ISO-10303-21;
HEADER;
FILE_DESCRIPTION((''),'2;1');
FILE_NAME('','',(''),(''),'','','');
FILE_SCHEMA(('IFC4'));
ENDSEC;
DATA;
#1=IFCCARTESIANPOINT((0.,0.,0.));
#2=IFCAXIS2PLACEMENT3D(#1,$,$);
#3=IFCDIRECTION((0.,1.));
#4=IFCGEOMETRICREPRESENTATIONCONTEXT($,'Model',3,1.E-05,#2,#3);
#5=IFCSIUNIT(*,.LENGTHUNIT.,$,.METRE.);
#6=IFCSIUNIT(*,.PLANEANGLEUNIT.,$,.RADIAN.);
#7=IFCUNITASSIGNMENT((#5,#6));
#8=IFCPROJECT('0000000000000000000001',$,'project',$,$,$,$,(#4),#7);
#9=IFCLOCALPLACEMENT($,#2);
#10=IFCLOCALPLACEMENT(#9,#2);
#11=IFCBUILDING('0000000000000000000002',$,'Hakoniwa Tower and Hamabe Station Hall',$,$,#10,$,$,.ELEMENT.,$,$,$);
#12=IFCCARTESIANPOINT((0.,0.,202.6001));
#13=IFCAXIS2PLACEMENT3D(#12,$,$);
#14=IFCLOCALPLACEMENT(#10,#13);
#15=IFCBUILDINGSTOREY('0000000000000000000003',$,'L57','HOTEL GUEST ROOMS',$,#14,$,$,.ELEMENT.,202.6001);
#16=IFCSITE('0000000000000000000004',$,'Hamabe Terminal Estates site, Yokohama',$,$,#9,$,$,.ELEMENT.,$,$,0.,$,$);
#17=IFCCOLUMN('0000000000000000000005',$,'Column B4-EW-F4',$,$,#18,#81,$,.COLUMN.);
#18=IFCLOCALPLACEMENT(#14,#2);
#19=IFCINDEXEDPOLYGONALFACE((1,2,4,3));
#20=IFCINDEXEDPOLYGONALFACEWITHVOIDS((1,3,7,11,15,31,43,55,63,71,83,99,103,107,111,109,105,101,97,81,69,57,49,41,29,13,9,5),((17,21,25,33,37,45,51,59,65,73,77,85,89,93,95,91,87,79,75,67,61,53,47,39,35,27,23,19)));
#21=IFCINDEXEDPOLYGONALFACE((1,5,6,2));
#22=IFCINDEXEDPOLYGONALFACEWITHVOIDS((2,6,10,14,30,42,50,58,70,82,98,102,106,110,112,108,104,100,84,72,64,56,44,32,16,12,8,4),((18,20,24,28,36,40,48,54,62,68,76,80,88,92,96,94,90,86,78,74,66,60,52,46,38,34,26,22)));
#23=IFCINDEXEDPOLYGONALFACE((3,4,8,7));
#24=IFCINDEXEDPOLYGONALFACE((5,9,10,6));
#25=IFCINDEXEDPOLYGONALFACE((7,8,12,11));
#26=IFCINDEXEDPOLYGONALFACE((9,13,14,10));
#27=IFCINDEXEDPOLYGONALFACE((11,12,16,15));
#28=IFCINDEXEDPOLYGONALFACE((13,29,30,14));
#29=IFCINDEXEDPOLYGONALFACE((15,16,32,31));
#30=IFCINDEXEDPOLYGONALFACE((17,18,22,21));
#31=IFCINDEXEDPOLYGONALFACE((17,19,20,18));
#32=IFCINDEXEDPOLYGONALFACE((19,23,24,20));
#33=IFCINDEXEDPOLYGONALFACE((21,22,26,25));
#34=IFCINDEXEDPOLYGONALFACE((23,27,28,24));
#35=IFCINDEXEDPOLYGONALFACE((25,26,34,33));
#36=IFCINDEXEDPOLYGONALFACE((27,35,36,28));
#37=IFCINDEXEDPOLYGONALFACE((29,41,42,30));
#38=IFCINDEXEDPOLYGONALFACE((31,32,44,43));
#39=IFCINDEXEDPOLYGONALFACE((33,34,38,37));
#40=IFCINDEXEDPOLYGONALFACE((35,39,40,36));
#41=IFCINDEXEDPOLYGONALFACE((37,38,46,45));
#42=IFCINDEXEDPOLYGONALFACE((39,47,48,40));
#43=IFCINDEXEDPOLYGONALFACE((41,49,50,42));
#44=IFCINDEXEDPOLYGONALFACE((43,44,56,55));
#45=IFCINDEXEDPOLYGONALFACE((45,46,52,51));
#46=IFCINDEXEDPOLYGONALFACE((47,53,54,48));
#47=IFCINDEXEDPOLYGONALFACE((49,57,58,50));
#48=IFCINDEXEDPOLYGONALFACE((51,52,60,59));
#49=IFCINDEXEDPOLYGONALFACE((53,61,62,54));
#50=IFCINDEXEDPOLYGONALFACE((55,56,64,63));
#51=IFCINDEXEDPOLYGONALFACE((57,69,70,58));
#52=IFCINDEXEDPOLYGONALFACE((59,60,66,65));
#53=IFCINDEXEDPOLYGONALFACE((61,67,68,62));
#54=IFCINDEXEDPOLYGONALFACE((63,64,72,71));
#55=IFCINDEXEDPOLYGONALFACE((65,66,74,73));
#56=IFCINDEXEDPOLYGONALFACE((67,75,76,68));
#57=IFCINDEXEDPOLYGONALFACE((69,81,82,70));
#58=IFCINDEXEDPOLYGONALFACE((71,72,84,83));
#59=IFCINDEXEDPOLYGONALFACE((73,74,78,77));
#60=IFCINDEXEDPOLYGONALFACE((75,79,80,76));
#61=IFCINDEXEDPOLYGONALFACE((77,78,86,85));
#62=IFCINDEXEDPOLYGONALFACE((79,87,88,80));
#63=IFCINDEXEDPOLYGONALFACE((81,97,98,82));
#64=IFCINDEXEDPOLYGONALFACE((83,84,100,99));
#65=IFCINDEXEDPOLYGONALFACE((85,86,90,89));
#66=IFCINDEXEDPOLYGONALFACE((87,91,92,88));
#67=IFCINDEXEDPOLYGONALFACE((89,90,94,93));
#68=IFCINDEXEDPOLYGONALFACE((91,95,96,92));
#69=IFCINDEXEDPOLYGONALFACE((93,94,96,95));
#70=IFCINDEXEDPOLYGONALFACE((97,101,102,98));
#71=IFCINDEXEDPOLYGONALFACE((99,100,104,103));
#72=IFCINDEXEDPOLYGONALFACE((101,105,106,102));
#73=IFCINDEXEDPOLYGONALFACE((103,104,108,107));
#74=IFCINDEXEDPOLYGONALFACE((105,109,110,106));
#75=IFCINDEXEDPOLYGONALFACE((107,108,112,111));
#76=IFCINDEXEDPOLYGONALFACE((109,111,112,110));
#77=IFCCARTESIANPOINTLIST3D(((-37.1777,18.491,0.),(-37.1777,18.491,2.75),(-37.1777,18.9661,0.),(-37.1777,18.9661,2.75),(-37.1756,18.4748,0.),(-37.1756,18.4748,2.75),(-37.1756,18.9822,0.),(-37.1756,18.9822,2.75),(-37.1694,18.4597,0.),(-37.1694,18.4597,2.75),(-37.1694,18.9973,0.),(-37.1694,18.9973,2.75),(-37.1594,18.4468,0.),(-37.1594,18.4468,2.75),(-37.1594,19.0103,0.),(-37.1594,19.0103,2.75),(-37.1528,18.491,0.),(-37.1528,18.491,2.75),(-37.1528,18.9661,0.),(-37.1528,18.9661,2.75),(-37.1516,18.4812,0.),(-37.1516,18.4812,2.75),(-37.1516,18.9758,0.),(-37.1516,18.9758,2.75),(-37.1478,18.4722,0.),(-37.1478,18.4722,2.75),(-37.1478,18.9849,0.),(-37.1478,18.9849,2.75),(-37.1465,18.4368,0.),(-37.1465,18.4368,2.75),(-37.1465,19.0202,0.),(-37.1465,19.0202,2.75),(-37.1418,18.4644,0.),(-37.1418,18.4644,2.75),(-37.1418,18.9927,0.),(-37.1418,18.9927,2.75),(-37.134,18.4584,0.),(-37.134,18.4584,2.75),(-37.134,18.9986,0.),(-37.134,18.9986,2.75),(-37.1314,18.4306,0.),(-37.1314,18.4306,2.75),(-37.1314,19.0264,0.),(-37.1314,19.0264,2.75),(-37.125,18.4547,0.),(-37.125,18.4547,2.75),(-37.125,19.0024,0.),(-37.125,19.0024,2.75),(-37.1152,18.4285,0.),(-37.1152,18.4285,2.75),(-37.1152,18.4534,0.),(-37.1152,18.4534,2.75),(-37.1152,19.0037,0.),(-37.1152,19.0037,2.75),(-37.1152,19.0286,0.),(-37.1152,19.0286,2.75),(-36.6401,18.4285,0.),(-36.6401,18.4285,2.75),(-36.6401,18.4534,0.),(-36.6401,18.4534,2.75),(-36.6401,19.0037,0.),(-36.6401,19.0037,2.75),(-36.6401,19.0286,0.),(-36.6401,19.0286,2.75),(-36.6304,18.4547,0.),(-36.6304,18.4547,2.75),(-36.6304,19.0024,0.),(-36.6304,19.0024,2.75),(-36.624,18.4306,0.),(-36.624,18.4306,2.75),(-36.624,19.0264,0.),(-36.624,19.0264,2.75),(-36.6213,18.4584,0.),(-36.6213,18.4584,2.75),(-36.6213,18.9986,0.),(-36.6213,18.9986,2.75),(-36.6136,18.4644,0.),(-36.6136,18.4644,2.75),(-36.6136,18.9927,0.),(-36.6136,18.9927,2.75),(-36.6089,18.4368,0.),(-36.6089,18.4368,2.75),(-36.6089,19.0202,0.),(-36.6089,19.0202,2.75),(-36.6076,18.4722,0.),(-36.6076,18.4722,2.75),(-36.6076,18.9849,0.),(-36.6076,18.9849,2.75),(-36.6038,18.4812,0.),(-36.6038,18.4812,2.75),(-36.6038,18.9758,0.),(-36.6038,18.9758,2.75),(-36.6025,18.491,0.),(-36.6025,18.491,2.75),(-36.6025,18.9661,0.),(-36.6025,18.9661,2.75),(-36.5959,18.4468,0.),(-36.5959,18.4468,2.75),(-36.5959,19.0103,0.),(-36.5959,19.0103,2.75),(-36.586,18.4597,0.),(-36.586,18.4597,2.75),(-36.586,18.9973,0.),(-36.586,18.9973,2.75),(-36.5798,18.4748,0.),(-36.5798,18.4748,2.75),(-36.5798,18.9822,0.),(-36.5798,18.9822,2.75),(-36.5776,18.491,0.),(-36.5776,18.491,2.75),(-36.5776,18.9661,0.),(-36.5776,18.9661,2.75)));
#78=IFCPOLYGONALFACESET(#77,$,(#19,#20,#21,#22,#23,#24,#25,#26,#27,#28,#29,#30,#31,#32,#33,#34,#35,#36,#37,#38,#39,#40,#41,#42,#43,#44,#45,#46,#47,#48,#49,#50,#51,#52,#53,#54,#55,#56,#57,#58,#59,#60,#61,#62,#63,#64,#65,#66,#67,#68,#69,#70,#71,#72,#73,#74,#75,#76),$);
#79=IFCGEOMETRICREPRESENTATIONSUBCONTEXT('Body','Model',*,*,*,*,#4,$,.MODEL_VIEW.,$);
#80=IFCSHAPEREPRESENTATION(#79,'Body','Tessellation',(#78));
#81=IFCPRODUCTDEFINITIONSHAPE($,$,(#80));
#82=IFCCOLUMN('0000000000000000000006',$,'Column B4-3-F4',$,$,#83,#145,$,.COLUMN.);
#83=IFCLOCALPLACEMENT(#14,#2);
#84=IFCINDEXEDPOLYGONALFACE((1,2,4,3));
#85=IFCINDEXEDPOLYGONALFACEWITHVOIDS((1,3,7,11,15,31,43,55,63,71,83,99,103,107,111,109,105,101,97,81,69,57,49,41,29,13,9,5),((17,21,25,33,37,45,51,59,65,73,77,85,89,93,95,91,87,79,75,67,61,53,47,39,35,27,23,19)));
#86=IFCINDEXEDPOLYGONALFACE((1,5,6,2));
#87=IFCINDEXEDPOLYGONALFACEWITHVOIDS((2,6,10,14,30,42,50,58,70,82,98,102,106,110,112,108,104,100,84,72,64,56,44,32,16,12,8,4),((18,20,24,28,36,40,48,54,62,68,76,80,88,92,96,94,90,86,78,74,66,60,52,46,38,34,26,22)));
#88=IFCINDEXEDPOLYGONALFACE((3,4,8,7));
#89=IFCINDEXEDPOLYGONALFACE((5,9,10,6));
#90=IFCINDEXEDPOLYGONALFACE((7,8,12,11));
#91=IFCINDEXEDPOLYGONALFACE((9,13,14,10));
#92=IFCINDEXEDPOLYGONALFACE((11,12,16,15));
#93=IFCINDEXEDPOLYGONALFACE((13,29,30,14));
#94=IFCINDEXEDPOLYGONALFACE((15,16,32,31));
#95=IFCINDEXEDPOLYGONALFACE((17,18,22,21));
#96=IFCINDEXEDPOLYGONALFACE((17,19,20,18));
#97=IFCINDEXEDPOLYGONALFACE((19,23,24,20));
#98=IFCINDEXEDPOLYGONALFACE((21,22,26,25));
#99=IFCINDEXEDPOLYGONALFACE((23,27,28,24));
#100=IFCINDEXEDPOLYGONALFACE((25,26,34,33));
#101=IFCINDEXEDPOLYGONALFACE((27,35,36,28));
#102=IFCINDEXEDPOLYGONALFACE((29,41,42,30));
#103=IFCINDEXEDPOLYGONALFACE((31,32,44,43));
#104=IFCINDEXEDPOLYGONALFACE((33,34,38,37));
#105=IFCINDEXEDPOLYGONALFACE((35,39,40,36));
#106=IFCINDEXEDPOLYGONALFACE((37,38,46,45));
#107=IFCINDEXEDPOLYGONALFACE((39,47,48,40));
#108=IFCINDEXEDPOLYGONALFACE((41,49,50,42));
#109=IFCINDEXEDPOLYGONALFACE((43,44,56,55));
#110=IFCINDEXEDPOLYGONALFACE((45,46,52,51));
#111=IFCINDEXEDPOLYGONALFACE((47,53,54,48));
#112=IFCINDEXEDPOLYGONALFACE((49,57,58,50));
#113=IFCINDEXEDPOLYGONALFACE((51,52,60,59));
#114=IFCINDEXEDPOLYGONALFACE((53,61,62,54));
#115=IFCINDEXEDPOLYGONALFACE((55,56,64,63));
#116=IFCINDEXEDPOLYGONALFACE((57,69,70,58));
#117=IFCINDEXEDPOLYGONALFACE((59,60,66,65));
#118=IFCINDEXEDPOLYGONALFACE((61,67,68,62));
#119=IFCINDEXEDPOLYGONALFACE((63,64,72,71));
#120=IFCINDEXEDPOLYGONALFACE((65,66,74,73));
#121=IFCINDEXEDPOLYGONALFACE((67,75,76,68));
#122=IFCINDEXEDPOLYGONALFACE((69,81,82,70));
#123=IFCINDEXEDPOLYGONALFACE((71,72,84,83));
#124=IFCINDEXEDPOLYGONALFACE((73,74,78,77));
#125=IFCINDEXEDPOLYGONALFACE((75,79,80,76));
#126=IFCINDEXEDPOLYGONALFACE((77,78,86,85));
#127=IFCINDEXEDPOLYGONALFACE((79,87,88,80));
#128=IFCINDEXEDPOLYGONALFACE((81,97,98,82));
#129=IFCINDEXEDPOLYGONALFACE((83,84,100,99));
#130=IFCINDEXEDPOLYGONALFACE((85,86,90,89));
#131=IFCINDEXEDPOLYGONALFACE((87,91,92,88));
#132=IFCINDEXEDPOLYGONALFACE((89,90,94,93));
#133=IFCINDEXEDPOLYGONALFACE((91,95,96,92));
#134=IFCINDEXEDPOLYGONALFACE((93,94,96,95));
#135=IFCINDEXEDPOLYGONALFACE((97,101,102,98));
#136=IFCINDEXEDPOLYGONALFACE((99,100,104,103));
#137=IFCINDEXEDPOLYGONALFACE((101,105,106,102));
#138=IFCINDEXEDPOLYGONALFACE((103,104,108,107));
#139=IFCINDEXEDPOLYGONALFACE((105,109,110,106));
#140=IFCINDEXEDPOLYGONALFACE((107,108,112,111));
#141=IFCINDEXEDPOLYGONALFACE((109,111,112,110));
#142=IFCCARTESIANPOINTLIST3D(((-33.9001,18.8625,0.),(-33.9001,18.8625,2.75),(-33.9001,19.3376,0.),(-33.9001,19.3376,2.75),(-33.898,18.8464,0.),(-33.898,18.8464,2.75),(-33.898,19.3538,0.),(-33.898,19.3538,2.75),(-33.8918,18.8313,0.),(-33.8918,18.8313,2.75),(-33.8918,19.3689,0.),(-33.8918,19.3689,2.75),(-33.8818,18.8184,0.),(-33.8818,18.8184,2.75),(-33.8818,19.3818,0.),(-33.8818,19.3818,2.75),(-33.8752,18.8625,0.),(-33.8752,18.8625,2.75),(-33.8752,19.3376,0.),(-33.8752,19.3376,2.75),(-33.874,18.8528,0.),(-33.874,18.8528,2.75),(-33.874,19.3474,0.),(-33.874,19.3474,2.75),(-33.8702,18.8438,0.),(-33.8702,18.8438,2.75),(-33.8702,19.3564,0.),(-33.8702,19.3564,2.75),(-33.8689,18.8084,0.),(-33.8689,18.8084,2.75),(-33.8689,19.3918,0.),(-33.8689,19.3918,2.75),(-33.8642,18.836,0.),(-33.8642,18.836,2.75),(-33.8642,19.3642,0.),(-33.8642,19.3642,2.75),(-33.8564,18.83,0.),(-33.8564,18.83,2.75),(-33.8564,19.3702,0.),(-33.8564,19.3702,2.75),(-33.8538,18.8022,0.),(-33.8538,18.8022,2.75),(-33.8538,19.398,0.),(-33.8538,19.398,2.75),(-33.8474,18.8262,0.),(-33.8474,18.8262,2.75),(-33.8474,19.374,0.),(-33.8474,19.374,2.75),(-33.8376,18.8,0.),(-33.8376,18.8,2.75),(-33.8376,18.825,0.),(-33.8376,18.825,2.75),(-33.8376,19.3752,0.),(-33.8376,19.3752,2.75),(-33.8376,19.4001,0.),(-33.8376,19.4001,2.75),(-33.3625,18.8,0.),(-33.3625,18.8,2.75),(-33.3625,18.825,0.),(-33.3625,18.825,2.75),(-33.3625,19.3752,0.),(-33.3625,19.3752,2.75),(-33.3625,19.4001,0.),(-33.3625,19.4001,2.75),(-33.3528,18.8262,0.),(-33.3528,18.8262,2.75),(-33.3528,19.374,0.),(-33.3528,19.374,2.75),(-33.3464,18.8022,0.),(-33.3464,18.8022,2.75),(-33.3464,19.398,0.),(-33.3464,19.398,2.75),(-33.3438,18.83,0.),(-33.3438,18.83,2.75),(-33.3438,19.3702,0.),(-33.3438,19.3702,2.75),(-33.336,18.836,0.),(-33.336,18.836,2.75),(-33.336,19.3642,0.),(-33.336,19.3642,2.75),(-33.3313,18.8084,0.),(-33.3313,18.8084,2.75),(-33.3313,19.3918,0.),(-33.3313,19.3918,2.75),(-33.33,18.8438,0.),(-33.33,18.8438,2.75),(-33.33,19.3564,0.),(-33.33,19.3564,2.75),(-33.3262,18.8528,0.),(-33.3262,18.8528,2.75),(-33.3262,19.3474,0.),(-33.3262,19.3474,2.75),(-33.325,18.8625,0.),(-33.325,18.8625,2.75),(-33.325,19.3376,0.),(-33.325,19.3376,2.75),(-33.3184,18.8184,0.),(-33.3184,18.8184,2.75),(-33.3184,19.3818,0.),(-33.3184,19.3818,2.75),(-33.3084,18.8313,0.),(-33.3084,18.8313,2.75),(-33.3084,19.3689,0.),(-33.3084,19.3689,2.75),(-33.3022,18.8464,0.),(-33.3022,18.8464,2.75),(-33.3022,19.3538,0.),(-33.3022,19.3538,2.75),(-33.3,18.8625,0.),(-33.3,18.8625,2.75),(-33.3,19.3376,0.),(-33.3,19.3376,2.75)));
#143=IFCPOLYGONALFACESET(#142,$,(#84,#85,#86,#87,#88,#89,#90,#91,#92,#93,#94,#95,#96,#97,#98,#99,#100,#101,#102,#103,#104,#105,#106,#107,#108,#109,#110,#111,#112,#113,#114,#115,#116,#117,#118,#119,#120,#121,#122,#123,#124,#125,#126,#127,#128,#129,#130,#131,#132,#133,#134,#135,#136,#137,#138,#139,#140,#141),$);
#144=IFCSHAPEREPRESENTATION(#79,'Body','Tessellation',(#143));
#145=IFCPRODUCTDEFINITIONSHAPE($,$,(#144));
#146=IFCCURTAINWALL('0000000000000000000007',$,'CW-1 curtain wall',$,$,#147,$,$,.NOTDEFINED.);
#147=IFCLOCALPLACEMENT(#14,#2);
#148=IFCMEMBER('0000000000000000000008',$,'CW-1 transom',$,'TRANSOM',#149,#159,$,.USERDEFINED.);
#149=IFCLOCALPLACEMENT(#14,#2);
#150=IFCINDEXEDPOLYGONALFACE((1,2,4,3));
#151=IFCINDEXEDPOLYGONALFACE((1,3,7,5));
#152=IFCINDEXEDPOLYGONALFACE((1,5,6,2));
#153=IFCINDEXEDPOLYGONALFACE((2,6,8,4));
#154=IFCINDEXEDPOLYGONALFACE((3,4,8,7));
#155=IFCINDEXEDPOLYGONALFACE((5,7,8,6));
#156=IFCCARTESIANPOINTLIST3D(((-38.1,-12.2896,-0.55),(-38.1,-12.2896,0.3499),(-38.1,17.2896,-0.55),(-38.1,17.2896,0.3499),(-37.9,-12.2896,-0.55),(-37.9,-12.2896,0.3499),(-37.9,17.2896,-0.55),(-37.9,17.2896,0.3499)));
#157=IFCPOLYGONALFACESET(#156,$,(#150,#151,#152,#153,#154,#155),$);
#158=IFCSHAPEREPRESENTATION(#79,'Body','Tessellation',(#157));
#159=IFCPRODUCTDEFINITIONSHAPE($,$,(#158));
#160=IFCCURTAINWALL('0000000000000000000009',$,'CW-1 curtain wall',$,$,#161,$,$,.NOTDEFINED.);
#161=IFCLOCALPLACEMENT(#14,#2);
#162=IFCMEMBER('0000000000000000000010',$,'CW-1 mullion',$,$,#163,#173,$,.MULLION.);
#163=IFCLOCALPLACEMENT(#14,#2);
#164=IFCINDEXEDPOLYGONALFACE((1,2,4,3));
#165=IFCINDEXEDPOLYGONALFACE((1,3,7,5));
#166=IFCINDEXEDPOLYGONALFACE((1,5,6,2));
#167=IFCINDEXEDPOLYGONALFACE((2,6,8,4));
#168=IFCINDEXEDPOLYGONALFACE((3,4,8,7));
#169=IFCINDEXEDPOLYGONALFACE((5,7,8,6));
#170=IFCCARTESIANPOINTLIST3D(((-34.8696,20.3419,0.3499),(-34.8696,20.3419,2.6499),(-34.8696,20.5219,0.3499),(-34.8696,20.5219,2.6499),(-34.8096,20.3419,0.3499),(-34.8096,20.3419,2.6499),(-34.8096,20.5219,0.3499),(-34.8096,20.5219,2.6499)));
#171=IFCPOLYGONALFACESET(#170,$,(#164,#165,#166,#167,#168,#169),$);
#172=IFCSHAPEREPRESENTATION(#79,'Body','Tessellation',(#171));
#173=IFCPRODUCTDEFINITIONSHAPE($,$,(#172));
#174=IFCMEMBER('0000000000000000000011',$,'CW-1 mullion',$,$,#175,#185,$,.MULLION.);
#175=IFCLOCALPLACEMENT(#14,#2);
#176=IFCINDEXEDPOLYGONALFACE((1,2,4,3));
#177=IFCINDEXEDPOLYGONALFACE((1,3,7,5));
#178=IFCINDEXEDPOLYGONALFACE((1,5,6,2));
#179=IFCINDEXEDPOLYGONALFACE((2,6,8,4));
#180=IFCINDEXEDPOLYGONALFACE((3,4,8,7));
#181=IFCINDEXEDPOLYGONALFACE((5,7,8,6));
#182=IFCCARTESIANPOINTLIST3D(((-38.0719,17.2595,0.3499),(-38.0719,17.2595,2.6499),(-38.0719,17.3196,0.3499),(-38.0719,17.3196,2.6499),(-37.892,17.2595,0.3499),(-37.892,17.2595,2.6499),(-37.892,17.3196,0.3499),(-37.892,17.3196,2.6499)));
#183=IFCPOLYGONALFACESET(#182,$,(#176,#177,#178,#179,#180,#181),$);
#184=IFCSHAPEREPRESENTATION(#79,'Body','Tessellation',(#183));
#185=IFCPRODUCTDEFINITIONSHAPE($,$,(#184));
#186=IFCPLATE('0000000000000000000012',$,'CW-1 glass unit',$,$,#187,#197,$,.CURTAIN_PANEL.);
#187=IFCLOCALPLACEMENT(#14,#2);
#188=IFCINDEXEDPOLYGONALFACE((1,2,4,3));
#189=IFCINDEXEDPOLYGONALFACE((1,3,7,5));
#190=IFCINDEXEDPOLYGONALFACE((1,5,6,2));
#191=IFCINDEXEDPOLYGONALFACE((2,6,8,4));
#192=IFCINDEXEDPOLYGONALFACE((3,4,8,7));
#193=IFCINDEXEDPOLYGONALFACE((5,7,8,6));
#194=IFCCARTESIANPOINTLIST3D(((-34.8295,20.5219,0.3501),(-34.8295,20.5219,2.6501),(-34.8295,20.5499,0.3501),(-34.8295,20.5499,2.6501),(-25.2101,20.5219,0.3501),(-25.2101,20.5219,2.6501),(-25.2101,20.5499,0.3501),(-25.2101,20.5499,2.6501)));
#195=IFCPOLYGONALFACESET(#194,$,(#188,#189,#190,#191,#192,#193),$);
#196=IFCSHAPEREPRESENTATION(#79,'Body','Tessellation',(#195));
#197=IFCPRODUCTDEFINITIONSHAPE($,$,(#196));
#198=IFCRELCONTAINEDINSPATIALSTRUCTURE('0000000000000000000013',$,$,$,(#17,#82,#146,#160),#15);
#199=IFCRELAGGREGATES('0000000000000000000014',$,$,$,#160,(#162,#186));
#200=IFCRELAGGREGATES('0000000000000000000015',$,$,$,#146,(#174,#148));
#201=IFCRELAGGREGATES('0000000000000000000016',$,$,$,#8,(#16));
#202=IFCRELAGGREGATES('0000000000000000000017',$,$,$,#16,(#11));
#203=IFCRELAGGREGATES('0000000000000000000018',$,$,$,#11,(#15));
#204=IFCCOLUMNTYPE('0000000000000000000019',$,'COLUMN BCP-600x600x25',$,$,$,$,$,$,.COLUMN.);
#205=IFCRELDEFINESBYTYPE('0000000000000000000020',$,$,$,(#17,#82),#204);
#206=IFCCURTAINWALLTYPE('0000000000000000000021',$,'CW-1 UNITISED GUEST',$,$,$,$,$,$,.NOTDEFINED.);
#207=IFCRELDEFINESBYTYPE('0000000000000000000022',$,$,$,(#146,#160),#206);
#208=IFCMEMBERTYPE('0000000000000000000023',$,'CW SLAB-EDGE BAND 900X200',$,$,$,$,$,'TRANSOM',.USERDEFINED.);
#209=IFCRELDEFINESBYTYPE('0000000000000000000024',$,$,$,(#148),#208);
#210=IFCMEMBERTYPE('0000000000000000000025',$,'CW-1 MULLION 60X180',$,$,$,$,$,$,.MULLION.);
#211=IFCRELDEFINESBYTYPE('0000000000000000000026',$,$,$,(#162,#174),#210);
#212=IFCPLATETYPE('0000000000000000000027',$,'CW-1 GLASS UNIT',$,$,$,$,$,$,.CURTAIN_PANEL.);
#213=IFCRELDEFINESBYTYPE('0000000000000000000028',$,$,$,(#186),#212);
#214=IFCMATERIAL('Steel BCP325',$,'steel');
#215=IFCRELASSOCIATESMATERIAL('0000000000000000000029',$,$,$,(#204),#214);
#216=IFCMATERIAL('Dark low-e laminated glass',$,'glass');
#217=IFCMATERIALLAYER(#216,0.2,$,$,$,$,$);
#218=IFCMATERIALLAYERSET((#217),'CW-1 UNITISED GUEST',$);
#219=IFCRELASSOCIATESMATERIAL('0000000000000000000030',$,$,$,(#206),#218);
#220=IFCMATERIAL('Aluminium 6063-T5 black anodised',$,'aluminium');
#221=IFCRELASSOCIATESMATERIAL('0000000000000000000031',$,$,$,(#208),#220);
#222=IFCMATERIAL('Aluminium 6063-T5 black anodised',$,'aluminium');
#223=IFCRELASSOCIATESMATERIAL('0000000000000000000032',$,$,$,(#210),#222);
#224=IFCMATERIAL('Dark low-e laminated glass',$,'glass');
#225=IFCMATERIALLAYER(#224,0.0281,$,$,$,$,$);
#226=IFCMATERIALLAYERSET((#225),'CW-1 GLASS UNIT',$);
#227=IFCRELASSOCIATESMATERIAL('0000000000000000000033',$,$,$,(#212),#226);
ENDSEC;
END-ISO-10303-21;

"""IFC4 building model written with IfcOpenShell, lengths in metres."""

from ifc_helpers import new_model, si_unit, direction, frame, origin, origin_2d, place, context, subcontext, project, spatial, rectangle, hollow_rectangle, extrude, material, layer, layer_set, material_profile, profile_set, type_object, element, aggregate, save


model = new_model("IFC4")

# Units and contexts
model_context = context("Model", 3, precision=1e-05, world=origin(), true_north=direction((0.0, 1.0)))
body_context = subcontext(model_context, "Body", "Model", "MODEL_VIEW")
ifc_project = project(units=[si_unit("LENGTHUNIT", "METRE"), si_unit("PLANEANGLEUNIT", "RADIAN")], contexts=[model_context])

# Site, building, storey
site_placement = place(None, origin())
site = spatial("IfcSite", under=ifc_project, at=site_placement, Name="Hamabe Terminal Estates site, Yokohama", CompositionType="ELEMENT", RefElevation=0.0)
building_placement = place(site_placement, origin())
building = spatial("IfcBuilding", under=site, at=building_placement, Name="Hakoniwa Tower and Hamabe Station Hall", CompositionType="ELEMENT")
storey_placement = place(building_placement, frame((0.0, 0.0, 202.6001)))
storey = spatial("IfcBuildingStorey", under=building, at=storey_placement, Name="L57", Description="HOTEL GUEST ROOMS", CompositionType="ELEMENT", Elevation=202.6001)

# Columns
ifc_material_1 = material(Name="Steel BCP325", Category="steel")
ifc_material_profile_1 = material_profile(ifc_material_1, hollow_rectangle(XDim=0.6001, YDim=0.6001, WallThickness=0.0249, InnerFilletRadius=0.0376, OuterFilletRadius=0.0625, at=origin_2d()), Name="BCP-600x600x25")
ifc_profile_set_1 = profile_set([ifc_material_profile_1], Name="Steel BCP325")
column_type = type_object("IfcColumnType", Name="COLUMN BCP-600x600x25", PredefinedType="COLUMN", material=ifc_profile_set_1)
for number, where, z_axis, x_axis, name in (
    (1, (-36.8777, 18.7285, 0.0), (0.0, 0.0, 1.0), (1.0, 0.0, 0.0), "Column B4-EW-F4"),
    (2, (-33.6001, 19.1001, 0.0), (0.0, 0.0, 1.0), (1.0, 0.0, 0.0), "Column B4-3-F4"),
):
    element("IfcColumn", number, at=place(storey_placement, frame(where, z_axis=z_axis, x_axis=x_axis)), inside=storey, type_object=column_type, Name=name, PredefinedType="COLUMN", context=body_context, shape_type="SweptSolid", body=[
        extrude(hollow_rectangle(XDim=0.6001, YDim=0.6001, WallThickness=0.0249, InnerFilletRadius=0.0376, OuterFilletRadius=0.0625, at=origin_2d()), origin(), (0.0, 0.0, 1.0), 2.75),
    ])

# Curtain walls, members
ifc_material_2 = material(Name="Dark low-e laminated glass", Category="glass")
ifc_layer_1 = layer(ifc_material_2, 0.2)
ifc_layer_set_1 = layer_set([ifc_layer_1], Name="CW-1 UNITISED GUEST")
curtain_wall_type = type_object("IfcCurtainWallType", Name="CW-1 UNITISED GUEST", PredefinedType="NOTDEFINED", material=ifc_layer_set_1)
curtain_wall_1_placement = place(storey_placement, origin())
curtain_wall_1 = element("IfcCurtainWall", 3, at=curtain_wall_1_placement, inside=storey, type_object=curtain_wall_type, Name="CW-1 curtain wall", PredefinedType="NOTDEFINED")
ifc_material_3 = material(Name="Aluminium 6063-T5 black anodised", Category="aluminium")
ifc_material_profile_2 = material_profile(ifc_material_3, rectangle(XDim=0.2, YDim=0.8999, at=origin_2d()), Name="CW SLAB-EDGE BAND 900X200")
ifc_profile_set_2 = profile_set([ifc_material_profile_2], Name="Aluminium 6063-T5 black anodised")
member_type_1 = type_object("IfcMemberType", Name="CW SLAB-EDGE BAND 900X200", ElementType="TRANSOM", PredefinedType="USERDEFINED", material=ifc_profile_set_2)
member_1_placement = place(storey_placement, frame((-38.0, 17.2896, -0.1001), z_axis=(0.0, -1.0, 0.0), x_axis=(1.0, 0.0, 0.0)))
member_1 = element("IfcMember", 4, at=member_1_placement, type_object=member_type_1, Name="CW-1 transom", ObjectType="TRANSOM", PredefinedType="USERDEFINED", context=body_context, shape_type="SweptSolid", body=[
    extrude(rectangle(XDim=0.2, YDim=0.8999, at=origin_2d()), origin(), (0.0, 0.0, 1.0), 29.5791),
])
curtain_wall_2_placement = place(storey_placement, origin())
curtain_wall_2 = element("IfcCurtainWall", 5, at=curtain_wall_2_placement, inside=storey, type_object=curtain_wall_type, Name="CW-1 curtain wall", PredefinedType="NOTDEFINED")
ifc_material_4 = material(Name="Aluminium 6063-T5 black anodised", Category="aluminium")
ifc_material_profile_3 = material_profile(ifc_material_4, rectangle(XDim=0.0601, YDim=0.1799, at=origin_2d()), Name="CW-1 MULLION 60X180")
ifc_profile_set_3 = profile_set([ifc_material_profile_3], Name="Aluminium 6063-T5 black anodised")
member_type_2 = type_object("IfcMemberType", Name="CW-1 MULLION 60X180", PredefinedType="MULLION", material=ifc_profile_set_3)
member_2_placement = place(storey_placement, frame((-34.8396, 20.4319, 0.3499), z_axis=(0.0, 0.0, 1.0), x_axis=(-1.0, 0.0, 0.0)))
member_2 = element("IfcMember", 6, at=member_2_placement, type_object=member_type_2, Name="CW-1 mullion", PredefinedType="MULLION", context=body_context, shape_type="SweptSolid", body=[
    extrude(rectangle(XDim=0.0601, YDim=0.1799, at=origin_2d()), origin(), (0.0, 0.0, 1.0), 2.3),
])

# Member
member_3_placement = place(storey_placement, frame((-37.9819, 17.2896, 0.3499), z_axis=(0.0, 0.0, 1.0), x_axis=(0.0, -1.0, 0.0)))
member_3 = element("IfcMember", 7, at=member_3_placement, type_object=member_type_2, Name="CW-1 mullion", PredefinedType="MULLION", context=body_context, shape_type="SweptSolid", body=[
    extrude(rectangle(XDim=0.0601, YDim=0.1799, at=origin_2d()), origin(), (0.0, 0.0, 1.0), 2.3),
])

# Plate
ifc_material_5 = material(Name="Dark low-e laminated glass", Category="glass")
ifc_layer_2 = layer(ifc_material_5, 0.0281)
ifc_layer_set_2 = layer_set([ifc_layer_2], Name="CW-1 GLASS UNIT")
plate_type = type_object("IfcPlateType", Name="CW-1 GLASS UNIT", PredefinedType="CURTAIN_PANEL", material=ifc_layer_set_2)
plate_1_placement = place(storey_placement, frame((-30.0198, 20.5359, 0.3501), z_axis=(0.0, 0.0, 1.0), x_axis=(-1.0, 0.0, 0.0)))
plate_1 = element("IfcPlate", 8, at=plate_1_placement, type_object=plate_type, Name="CW-1 glass unit", PredefinedType="CURTAIN_PANEL", context=body_context, shape_type="SweptSolid", body=[
    extrude(rectangle(XDim=9.6194, YDim=0.0281, at=origin_2d()), origin(), (0.0, 0.0, 1.0), 2.3),
])
aggregate(curtain_wall_2, [member_2, plate_1])
aggregate(curtain_wall_1, [member_3, member_1])

save(model, "model.ifc")
